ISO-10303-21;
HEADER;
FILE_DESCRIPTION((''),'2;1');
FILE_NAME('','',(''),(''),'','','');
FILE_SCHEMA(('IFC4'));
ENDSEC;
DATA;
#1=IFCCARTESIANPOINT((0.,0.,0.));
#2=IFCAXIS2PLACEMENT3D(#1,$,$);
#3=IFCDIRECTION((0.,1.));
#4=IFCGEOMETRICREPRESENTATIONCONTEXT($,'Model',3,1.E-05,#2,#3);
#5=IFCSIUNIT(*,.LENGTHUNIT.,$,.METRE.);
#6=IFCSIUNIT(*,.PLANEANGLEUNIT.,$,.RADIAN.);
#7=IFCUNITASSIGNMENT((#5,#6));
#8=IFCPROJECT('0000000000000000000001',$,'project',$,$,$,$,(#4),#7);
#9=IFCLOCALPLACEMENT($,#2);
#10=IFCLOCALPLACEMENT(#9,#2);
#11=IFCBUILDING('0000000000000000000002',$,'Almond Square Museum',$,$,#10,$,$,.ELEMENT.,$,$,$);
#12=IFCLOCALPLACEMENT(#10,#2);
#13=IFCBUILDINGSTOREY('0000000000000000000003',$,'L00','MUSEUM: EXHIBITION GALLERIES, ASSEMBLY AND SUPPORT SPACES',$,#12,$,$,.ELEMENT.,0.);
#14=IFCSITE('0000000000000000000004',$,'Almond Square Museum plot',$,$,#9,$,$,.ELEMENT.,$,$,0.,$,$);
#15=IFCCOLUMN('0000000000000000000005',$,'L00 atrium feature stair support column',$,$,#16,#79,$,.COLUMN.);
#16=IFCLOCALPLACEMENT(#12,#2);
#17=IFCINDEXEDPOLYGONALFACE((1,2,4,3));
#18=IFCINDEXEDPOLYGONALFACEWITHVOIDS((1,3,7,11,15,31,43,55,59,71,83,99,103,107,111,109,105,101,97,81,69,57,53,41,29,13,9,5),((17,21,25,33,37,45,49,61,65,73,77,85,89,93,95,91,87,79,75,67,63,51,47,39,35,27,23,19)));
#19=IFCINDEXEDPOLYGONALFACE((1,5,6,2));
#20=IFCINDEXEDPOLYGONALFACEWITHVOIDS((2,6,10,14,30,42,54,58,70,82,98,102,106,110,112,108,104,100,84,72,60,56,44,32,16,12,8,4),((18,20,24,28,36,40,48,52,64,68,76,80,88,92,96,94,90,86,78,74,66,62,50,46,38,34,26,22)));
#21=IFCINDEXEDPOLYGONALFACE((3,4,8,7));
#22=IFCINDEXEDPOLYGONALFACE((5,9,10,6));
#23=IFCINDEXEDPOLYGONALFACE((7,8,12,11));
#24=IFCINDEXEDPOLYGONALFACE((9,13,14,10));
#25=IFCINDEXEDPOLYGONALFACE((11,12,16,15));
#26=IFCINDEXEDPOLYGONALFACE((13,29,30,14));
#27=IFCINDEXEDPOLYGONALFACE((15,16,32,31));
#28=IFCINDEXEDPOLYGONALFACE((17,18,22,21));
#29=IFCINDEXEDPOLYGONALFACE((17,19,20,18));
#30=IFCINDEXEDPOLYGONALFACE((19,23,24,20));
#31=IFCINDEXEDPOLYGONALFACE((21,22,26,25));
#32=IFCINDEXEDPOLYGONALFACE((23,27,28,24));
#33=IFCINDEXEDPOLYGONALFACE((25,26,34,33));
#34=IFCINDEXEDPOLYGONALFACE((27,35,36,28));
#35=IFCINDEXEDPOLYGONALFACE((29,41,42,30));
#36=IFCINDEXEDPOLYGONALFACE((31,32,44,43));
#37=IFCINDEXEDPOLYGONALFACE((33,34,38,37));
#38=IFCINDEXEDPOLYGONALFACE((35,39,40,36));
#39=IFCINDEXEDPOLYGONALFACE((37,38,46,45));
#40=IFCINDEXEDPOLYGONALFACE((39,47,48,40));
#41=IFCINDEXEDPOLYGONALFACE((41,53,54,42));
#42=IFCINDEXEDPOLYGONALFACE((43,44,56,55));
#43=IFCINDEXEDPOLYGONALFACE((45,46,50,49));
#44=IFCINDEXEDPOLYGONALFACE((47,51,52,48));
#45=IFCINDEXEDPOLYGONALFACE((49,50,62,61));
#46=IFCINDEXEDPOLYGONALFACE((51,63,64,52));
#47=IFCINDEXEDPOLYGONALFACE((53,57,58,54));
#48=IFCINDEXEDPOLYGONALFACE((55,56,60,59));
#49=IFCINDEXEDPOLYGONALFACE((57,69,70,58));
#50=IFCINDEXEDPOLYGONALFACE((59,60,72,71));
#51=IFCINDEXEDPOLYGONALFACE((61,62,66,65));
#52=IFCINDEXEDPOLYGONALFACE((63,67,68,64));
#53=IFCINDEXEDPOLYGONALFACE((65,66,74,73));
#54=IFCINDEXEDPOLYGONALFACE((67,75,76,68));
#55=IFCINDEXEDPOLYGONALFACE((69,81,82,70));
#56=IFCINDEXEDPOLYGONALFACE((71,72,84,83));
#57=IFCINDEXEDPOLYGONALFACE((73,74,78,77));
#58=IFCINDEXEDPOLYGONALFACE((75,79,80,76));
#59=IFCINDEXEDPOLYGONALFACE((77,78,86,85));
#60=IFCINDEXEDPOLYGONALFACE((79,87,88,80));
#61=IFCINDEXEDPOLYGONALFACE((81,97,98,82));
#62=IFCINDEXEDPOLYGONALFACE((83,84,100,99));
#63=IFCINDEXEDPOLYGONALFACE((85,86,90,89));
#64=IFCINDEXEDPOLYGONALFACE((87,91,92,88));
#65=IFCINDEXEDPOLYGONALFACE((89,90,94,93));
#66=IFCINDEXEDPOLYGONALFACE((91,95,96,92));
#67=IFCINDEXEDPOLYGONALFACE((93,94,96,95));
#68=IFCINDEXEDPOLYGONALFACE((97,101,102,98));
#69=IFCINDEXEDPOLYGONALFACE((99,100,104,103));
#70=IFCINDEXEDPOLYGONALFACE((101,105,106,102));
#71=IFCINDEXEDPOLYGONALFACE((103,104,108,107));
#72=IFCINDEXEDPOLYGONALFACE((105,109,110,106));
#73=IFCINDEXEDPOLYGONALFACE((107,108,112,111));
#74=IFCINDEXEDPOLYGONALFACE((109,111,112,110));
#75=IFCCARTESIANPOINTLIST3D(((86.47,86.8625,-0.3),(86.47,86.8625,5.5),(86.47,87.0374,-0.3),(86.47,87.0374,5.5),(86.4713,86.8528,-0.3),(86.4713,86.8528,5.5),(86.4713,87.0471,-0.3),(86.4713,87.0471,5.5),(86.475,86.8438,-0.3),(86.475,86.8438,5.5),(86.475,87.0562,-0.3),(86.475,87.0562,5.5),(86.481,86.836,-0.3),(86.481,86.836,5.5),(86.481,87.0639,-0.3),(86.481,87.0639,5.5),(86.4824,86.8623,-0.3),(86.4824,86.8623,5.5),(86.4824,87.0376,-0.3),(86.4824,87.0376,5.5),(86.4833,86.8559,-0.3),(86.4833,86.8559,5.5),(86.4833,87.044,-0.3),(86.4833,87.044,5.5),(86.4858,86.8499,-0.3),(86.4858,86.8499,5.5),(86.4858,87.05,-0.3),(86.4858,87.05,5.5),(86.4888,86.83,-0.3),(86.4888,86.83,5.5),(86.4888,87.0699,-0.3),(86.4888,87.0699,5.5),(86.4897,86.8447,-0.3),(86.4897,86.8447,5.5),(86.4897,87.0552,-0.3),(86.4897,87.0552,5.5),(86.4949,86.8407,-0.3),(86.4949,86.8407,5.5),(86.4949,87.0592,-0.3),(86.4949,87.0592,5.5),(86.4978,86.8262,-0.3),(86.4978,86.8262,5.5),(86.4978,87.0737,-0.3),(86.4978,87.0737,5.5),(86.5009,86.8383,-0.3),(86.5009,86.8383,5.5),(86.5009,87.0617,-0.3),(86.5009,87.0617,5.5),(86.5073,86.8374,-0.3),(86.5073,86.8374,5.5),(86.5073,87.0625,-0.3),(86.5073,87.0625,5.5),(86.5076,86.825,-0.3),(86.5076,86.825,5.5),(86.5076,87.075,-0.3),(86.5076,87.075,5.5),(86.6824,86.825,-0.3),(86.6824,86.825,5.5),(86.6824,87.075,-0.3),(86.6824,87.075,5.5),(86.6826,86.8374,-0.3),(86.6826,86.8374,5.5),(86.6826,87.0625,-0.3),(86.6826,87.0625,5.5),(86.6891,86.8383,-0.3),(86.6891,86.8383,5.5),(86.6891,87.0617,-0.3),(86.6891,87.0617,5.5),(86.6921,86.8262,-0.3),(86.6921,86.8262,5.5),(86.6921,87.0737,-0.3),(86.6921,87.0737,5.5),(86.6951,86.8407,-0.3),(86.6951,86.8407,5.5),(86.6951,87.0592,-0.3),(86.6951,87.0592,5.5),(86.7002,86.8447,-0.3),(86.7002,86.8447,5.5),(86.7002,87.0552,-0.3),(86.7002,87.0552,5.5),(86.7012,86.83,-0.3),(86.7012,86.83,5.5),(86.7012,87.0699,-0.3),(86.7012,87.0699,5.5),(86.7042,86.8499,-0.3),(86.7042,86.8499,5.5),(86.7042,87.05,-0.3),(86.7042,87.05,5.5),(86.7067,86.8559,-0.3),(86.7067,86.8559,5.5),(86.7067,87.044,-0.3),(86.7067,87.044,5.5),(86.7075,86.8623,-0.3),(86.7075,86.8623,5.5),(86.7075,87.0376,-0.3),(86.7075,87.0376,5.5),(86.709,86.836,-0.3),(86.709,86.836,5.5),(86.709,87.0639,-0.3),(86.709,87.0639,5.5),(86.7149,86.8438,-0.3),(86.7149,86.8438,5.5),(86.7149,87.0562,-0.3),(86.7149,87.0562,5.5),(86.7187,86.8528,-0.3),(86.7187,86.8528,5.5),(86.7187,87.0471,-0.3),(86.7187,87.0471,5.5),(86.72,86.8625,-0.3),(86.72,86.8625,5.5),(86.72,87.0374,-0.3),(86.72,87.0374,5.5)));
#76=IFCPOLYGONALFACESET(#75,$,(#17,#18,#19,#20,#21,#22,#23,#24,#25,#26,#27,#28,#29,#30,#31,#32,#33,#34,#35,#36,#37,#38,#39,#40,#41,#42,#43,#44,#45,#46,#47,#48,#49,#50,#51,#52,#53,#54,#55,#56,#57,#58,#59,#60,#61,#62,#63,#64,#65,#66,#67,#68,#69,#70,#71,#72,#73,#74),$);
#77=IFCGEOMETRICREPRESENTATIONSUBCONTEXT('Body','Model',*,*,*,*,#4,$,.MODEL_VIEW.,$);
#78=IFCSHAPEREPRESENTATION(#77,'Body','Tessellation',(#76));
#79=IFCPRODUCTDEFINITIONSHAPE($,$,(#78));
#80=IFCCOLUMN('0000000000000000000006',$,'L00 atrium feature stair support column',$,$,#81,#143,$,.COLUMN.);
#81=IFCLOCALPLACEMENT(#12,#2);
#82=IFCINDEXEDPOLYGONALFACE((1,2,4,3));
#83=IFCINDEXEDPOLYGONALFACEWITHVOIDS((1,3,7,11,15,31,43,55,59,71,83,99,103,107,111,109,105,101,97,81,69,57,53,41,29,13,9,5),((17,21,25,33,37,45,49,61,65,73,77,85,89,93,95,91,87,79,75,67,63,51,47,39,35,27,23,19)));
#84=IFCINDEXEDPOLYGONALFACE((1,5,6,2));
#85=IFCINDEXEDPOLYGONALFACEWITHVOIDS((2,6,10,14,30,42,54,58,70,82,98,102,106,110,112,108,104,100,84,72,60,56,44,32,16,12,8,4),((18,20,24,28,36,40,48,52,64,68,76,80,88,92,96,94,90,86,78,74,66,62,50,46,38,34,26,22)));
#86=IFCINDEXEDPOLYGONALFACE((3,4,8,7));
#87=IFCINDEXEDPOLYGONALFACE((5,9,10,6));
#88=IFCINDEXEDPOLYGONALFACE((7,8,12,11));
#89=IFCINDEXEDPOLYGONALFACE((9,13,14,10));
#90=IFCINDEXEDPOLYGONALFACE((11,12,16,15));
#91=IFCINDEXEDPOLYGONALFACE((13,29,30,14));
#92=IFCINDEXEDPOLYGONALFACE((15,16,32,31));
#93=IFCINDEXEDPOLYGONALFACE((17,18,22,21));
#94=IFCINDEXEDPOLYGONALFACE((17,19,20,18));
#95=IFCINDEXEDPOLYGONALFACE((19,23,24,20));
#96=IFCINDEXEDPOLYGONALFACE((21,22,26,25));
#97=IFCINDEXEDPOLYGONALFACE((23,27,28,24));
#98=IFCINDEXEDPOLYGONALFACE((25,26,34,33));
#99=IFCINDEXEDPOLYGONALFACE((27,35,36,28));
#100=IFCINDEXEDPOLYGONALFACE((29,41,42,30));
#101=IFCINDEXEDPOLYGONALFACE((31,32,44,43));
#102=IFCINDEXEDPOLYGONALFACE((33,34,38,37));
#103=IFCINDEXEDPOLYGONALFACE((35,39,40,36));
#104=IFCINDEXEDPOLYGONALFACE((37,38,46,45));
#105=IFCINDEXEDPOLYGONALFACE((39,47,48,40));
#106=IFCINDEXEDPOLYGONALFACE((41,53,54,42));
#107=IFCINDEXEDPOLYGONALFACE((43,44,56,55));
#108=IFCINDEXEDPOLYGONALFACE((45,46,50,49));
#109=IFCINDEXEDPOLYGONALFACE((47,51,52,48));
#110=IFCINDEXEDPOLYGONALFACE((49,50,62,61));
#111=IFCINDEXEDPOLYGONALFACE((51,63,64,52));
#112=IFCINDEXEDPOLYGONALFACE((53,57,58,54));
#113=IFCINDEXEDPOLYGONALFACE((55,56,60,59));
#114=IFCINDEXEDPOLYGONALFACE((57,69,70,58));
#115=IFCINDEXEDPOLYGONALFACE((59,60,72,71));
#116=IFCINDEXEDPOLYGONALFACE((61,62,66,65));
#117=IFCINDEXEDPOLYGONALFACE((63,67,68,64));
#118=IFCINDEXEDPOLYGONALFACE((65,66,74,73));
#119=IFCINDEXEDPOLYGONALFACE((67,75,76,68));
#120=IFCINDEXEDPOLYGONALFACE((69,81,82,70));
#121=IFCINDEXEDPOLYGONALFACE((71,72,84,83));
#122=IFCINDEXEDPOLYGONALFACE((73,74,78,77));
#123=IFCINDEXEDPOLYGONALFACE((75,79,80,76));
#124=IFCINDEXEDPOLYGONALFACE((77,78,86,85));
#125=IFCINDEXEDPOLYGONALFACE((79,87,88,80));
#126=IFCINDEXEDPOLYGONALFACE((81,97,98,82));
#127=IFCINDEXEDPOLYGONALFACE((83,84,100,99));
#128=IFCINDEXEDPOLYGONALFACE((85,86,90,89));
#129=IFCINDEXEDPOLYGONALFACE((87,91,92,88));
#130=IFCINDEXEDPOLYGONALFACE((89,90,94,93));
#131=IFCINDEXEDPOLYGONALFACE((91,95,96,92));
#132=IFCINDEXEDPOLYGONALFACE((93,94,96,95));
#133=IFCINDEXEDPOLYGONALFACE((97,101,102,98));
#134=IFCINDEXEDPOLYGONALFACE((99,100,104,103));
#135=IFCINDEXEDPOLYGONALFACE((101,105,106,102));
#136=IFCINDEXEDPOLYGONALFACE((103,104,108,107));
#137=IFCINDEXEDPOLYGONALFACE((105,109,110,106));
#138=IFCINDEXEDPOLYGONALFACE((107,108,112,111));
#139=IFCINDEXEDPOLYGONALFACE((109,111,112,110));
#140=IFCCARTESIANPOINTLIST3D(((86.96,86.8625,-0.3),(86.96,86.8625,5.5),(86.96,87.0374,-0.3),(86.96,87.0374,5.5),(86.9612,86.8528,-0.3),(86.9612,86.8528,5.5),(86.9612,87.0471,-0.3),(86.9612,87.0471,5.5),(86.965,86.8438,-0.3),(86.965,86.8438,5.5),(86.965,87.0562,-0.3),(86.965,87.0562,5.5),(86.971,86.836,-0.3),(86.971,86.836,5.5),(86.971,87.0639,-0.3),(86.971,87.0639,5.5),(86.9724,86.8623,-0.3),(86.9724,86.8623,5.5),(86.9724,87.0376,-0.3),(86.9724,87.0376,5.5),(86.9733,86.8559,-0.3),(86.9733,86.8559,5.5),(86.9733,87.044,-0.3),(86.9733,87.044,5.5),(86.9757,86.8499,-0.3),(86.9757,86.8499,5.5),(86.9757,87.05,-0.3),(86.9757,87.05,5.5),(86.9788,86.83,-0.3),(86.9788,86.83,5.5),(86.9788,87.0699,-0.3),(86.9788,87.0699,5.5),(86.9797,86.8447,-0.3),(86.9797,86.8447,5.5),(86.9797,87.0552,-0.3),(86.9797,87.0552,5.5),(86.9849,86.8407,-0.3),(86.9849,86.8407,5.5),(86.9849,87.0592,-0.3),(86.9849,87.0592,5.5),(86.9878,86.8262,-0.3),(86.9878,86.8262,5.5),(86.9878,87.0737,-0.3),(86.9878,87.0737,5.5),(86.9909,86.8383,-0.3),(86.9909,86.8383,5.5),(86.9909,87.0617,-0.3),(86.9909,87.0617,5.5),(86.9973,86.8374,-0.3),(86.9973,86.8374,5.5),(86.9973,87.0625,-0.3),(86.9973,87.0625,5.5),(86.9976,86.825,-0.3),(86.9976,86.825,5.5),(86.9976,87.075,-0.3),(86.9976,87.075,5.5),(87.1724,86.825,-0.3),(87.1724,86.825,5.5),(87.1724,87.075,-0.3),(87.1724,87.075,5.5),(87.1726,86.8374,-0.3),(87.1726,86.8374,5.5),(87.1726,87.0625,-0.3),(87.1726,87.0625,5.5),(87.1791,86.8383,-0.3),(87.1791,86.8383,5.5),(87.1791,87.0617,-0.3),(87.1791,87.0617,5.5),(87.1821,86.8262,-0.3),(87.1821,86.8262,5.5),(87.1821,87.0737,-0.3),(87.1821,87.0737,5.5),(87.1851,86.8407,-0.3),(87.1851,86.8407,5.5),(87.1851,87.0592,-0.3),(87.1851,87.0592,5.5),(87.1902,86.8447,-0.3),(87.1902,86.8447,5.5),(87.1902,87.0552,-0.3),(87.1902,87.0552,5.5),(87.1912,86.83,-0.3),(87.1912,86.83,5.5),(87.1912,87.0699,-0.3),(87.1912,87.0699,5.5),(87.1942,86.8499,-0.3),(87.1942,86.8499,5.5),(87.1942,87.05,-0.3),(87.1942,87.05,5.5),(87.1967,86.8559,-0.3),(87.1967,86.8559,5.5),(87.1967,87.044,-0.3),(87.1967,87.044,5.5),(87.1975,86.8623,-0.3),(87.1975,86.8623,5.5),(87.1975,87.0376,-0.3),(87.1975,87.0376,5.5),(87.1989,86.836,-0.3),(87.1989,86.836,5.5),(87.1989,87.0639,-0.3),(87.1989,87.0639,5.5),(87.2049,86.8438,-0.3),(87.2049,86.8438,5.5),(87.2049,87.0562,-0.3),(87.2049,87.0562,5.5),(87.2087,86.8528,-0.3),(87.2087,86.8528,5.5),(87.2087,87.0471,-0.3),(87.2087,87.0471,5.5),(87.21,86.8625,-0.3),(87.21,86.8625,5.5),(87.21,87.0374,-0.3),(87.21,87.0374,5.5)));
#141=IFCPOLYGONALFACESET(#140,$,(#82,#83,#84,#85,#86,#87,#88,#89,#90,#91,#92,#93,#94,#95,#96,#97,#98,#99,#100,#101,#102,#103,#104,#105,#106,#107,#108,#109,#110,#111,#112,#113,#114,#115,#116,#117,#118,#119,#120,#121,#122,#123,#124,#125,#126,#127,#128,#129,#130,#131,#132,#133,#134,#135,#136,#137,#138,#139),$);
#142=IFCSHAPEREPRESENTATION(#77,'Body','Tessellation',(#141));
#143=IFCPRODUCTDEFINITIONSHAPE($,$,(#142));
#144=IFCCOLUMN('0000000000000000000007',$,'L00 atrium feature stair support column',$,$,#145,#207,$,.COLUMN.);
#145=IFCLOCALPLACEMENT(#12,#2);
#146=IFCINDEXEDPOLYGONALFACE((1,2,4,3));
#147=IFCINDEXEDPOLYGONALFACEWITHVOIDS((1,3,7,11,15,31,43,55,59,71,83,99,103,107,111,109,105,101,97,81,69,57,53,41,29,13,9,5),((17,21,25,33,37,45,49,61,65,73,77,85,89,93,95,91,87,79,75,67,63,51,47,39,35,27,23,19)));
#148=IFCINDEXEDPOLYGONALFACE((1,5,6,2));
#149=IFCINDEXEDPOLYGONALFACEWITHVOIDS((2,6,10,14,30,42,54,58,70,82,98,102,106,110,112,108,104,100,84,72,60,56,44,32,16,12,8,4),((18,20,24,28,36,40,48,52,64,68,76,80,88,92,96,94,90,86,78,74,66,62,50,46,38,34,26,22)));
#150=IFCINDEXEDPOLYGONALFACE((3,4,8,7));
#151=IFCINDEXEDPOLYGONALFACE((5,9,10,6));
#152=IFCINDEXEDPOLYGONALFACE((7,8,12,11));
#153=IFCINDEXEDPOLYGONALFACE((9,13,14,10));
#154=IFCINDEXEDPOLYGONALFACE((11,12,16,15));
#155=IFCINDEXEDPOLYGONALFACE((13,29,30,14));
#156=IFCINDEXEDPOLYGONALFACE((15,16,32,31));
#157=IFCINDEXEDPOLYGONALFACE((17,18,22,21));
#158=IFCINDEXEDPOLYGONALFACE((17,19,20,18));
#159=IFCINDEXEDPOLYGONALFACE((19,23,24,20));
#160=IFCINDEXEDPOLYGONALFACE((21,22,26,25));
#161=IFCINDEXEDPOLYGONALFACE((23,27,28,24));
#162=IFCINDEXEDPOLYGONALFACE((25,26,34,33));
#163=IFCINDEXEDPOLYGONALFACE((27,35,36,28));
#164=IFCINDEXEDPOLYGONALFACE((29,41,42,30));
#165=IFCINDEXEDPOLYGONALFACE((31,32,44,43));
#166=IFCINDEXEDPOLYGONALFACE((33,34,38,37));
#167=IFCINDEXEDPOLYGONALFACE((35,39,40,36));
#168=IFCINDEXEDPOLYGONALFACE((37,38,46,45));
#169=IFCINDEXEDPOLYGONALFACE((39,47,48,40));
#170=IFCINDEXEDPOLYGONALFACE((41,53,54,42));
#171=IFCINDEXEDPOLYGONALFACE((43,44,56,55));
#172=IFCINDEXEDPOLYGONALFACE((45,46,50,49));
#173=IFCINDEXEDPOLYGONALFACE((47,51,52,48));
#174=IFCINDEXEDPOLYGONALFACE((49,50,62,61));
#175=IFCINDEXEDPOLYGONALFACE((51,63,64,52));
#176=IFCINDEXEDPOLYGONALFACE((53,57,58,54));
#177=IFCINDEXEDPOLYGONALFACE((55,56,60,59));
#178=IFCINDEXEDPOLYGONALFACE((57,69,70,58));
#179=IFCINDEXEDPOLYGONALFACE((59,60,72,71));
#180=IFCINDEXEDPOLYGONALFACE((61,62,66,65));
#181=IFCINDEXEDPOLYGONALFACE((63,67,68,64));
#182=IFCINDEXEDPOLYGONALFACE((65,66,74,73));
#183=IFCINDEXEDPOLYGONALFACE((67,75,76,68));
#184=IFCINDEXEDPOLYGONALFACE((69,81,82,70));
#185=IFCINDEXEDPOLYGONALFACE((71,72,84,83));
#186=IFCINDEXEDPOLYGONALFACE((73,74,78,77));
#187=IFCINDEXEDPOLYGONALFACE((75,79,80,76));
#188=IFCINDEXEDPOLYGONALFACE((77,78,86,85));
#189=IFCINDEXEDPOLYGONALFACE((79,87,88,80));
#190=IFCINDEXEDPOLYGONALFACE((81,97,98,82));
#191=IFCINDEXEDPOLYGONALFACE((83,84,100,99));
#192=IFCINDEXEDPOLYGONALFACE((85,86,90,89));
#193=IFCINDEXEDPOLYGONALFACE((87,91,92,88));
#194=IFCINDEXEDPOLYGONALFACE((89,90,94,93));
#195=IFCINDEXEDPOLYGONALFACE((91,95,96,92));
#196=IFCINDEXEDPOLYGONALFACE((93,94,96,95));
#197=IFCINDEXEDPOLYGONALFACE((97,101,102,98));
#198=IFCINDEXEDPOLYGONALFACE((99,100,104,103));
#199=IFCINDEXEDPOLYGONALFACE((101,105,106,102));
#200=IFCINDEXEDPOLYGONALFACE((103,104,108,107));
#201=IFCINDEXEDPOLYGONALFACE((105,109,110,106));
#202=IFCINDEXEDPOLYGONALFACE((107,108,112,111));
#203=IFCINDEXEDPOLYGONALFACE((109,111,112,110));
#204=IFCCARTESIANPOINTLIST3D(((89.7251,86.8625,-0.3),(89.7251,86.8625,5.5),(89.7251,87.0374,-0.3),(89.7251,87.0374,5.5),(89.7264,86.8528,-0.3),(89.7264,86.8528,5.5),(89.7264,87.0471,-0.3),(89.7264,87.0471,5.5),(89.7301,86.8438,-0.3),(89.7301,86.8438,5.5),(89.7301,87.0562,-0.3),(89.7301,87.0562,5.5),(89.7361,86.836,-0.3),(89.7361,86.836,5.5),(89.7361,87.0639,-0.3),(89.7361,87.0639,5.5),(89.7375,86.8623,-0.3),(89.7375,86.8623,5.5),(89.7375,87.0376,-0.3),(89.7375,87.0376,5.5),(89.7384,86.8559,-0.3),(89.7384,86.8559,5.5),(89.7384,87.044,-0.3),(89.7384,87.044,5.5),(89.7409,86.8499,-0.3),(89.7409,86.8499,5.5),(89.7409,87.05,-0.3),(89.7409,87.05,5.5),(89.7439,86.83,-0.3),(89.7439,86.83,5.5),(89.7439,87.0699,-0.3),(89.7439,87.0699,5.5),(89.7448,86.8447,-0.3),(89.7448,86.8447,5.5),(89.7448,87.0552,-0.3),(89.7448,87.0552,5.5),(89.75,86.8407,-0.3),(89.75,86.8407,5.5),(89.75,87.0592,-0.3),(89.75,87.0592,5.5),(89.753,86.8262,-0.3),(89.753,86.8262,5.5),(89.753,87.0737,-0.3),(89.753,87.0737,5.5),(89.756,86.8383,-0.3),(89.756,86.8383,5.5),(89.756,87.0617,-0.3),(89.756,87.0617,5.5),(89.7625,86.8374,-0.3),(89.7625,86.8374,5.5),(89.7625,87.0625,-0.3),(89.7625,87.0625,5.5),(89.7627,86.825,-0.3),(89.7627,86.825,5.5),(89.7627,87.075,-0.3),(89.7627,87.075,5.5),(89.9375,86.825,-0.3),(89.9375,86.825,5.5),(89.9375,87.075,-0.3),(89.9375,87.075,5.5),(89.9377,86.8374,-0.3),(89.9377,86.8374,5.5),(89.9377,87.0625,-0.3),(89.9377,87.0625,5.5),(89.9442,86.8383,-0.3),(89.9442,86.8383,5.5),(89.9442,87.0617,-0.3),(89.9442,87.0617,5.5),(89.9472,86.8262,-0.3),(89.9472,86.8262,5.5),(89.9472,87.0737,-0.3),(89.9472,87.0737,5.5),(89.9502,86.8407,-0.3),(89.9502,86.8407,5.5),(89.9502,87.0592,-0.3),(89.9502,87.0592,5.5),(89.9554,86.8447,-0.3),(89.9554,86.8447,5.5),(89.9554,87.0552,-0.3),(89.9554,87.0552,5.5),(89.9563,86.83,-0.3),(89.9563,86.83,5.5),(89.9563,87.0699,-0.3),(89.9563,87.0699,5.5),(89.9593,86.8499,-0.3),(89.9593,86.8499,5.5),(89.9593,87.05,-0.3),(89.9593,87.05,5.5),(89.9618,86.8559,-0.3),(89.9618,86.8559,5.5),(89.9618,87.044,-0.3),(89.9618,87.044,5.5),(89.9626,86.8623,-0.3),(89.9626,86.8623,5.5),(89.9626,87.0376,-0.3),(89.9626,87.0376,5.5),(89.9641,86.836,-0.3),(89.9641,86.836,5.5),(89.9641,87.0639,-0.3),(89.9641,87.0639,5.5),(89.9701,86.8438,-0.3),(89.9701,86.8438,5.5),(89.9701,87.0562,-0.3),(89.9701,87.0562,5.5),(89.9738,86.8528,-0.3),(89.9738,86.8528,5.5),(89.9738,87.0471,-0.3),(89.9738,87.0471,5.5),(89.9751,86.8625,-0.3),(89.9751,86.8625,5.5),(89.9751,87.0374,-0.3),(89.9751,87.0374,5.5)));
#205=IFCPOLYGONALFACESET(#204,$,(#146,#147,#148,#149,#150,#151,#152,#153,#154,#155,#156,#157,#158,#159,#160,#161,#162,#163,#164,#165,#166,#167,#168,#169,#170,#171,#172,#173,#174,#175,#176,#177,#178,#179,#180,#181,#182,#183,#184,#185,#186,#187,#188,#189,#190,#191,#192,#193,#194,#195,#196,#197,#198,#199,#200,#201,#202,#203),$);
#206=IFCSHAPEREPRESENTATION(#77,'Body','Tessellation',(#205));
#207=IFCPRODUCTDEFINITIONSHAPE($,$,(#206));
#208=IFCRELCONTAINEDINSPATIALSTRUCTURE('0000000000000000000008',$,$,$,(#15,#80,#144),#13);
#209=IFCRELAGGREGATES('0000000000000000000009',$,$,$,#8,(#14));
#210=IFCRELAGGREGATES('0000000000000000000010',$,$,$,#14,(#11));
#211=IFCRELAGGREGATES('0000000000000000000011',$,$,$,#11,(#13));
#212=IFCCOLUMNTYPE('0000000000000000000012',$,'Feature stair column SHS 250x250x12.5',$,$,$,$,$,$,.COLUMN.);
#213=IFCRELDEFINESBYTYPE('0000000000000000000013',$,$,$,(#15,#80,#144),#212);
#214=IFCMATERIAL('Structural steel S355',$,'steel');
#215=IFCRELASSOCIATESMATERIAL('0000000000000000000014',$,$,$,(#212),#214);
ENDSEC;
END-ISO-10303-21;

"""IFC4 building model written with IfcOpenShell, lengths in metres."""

from ifc_helpers import new_model, si_unit, direction, frame, origin, origin_2d, place, context, subcontext, project, spatial, hollow_rectangle, extrude, material, material_profile, profile_set, type_object, element, save


model = new_model("IFC4")

# Units and contexts
model_context = context("Model", 3, precision=1e-05, world=origin(), true_north=direction((0.0, 1.0)))
body_context = subcontext(model_context, "Body", "Model", "MODEL_VIEW")
ifc_project = project(units=[si_unit("LENGTHUNIT", "METRE"), si_unit("PLANEANGLEUNIT", "RADIAN")], contexts=[model_context])

# Site, building, storey
site_placement = place(None, origin())
site = spatial("IfcSite", under=ifc_project, at=site_placement, Name="Almond Square Museum plot", CompositionType="ELEMENT", RefElevation=0.0)
building_placement = place(site_placement, origin())
building = spatial("IfcBuilding", under=site, at=building_placement, Name="Almond Square Museum", CompositionType="ELEMENT")
storey_placement = place(building_placement, origin())
storey = spatial("IfcBuildingStorey", under=building, at=storey_placement, Name="L00", Description="MUSEUM: EXHIBITION GALLERIES, ASSEMBLY AND SUPPORT SPACES", CompositionType="ELEMENT", Elevation=0.0)

# Columns
ifc_material_1 = material(Name="Structural steel S355", Category="steel")
ifc_material_profile_1 = material_profile(ifc_material_1, hollow_rectangle(XDim=0.25, YDim=0.25, WallThickness=0.0125, InnerFilletRadius=0.0249, OuterFilletRadius=0.0376, at=origin_2d()))
ifc_profile_set_1 = profile_set([ifc_material_profile_1], Name="Structural steel S355")
column_type_1 = type_object("IfcColumnType", Name="Feature stair column SHS 250x250x12.5", PredefinedType="COLUMN", material=ifc_profile_set_1)
for number, where, z_axis, x_axis, name in (
    (1, (86.595, 86.95, -0.3), (0.0, 0.0, 1.0), (1.0, 0.0, 0.0), "L00 atrium feature stair support column"),
    (2, (87.085, 86.95, -0.3), (0.0, 0.0, 1.0), (1.0, 0.0, 0.0), "L00 atrium feature stair support column"),
    (3, (89.8501, 86.95, -0.3), (0.0, 0.0, 1.0), (1.0, 0.0, 0.0), "L00 atrium feature stair support column"),
):
    element("IfcColumn", number, at=place(storey_placement, frame(where, z_axis=z_axis, x_axis=x_axis)), inside=storey, type_object=column_type_1, Name=name, PredefinedType="COLUMN", context=body_context, shape_type="SweptSolid", body=[
        extrude(hollow_rectangle(XDim=0.25, YDim=0.25, WallThickness=0.0125, InnerFilletRadius=0.0249, OuterFilletRadius=0.0376, at=origin_2d()), origin(), (0.0, 0.0, 1.0), 5.8),
    ])

save(model, "model.ifc")
